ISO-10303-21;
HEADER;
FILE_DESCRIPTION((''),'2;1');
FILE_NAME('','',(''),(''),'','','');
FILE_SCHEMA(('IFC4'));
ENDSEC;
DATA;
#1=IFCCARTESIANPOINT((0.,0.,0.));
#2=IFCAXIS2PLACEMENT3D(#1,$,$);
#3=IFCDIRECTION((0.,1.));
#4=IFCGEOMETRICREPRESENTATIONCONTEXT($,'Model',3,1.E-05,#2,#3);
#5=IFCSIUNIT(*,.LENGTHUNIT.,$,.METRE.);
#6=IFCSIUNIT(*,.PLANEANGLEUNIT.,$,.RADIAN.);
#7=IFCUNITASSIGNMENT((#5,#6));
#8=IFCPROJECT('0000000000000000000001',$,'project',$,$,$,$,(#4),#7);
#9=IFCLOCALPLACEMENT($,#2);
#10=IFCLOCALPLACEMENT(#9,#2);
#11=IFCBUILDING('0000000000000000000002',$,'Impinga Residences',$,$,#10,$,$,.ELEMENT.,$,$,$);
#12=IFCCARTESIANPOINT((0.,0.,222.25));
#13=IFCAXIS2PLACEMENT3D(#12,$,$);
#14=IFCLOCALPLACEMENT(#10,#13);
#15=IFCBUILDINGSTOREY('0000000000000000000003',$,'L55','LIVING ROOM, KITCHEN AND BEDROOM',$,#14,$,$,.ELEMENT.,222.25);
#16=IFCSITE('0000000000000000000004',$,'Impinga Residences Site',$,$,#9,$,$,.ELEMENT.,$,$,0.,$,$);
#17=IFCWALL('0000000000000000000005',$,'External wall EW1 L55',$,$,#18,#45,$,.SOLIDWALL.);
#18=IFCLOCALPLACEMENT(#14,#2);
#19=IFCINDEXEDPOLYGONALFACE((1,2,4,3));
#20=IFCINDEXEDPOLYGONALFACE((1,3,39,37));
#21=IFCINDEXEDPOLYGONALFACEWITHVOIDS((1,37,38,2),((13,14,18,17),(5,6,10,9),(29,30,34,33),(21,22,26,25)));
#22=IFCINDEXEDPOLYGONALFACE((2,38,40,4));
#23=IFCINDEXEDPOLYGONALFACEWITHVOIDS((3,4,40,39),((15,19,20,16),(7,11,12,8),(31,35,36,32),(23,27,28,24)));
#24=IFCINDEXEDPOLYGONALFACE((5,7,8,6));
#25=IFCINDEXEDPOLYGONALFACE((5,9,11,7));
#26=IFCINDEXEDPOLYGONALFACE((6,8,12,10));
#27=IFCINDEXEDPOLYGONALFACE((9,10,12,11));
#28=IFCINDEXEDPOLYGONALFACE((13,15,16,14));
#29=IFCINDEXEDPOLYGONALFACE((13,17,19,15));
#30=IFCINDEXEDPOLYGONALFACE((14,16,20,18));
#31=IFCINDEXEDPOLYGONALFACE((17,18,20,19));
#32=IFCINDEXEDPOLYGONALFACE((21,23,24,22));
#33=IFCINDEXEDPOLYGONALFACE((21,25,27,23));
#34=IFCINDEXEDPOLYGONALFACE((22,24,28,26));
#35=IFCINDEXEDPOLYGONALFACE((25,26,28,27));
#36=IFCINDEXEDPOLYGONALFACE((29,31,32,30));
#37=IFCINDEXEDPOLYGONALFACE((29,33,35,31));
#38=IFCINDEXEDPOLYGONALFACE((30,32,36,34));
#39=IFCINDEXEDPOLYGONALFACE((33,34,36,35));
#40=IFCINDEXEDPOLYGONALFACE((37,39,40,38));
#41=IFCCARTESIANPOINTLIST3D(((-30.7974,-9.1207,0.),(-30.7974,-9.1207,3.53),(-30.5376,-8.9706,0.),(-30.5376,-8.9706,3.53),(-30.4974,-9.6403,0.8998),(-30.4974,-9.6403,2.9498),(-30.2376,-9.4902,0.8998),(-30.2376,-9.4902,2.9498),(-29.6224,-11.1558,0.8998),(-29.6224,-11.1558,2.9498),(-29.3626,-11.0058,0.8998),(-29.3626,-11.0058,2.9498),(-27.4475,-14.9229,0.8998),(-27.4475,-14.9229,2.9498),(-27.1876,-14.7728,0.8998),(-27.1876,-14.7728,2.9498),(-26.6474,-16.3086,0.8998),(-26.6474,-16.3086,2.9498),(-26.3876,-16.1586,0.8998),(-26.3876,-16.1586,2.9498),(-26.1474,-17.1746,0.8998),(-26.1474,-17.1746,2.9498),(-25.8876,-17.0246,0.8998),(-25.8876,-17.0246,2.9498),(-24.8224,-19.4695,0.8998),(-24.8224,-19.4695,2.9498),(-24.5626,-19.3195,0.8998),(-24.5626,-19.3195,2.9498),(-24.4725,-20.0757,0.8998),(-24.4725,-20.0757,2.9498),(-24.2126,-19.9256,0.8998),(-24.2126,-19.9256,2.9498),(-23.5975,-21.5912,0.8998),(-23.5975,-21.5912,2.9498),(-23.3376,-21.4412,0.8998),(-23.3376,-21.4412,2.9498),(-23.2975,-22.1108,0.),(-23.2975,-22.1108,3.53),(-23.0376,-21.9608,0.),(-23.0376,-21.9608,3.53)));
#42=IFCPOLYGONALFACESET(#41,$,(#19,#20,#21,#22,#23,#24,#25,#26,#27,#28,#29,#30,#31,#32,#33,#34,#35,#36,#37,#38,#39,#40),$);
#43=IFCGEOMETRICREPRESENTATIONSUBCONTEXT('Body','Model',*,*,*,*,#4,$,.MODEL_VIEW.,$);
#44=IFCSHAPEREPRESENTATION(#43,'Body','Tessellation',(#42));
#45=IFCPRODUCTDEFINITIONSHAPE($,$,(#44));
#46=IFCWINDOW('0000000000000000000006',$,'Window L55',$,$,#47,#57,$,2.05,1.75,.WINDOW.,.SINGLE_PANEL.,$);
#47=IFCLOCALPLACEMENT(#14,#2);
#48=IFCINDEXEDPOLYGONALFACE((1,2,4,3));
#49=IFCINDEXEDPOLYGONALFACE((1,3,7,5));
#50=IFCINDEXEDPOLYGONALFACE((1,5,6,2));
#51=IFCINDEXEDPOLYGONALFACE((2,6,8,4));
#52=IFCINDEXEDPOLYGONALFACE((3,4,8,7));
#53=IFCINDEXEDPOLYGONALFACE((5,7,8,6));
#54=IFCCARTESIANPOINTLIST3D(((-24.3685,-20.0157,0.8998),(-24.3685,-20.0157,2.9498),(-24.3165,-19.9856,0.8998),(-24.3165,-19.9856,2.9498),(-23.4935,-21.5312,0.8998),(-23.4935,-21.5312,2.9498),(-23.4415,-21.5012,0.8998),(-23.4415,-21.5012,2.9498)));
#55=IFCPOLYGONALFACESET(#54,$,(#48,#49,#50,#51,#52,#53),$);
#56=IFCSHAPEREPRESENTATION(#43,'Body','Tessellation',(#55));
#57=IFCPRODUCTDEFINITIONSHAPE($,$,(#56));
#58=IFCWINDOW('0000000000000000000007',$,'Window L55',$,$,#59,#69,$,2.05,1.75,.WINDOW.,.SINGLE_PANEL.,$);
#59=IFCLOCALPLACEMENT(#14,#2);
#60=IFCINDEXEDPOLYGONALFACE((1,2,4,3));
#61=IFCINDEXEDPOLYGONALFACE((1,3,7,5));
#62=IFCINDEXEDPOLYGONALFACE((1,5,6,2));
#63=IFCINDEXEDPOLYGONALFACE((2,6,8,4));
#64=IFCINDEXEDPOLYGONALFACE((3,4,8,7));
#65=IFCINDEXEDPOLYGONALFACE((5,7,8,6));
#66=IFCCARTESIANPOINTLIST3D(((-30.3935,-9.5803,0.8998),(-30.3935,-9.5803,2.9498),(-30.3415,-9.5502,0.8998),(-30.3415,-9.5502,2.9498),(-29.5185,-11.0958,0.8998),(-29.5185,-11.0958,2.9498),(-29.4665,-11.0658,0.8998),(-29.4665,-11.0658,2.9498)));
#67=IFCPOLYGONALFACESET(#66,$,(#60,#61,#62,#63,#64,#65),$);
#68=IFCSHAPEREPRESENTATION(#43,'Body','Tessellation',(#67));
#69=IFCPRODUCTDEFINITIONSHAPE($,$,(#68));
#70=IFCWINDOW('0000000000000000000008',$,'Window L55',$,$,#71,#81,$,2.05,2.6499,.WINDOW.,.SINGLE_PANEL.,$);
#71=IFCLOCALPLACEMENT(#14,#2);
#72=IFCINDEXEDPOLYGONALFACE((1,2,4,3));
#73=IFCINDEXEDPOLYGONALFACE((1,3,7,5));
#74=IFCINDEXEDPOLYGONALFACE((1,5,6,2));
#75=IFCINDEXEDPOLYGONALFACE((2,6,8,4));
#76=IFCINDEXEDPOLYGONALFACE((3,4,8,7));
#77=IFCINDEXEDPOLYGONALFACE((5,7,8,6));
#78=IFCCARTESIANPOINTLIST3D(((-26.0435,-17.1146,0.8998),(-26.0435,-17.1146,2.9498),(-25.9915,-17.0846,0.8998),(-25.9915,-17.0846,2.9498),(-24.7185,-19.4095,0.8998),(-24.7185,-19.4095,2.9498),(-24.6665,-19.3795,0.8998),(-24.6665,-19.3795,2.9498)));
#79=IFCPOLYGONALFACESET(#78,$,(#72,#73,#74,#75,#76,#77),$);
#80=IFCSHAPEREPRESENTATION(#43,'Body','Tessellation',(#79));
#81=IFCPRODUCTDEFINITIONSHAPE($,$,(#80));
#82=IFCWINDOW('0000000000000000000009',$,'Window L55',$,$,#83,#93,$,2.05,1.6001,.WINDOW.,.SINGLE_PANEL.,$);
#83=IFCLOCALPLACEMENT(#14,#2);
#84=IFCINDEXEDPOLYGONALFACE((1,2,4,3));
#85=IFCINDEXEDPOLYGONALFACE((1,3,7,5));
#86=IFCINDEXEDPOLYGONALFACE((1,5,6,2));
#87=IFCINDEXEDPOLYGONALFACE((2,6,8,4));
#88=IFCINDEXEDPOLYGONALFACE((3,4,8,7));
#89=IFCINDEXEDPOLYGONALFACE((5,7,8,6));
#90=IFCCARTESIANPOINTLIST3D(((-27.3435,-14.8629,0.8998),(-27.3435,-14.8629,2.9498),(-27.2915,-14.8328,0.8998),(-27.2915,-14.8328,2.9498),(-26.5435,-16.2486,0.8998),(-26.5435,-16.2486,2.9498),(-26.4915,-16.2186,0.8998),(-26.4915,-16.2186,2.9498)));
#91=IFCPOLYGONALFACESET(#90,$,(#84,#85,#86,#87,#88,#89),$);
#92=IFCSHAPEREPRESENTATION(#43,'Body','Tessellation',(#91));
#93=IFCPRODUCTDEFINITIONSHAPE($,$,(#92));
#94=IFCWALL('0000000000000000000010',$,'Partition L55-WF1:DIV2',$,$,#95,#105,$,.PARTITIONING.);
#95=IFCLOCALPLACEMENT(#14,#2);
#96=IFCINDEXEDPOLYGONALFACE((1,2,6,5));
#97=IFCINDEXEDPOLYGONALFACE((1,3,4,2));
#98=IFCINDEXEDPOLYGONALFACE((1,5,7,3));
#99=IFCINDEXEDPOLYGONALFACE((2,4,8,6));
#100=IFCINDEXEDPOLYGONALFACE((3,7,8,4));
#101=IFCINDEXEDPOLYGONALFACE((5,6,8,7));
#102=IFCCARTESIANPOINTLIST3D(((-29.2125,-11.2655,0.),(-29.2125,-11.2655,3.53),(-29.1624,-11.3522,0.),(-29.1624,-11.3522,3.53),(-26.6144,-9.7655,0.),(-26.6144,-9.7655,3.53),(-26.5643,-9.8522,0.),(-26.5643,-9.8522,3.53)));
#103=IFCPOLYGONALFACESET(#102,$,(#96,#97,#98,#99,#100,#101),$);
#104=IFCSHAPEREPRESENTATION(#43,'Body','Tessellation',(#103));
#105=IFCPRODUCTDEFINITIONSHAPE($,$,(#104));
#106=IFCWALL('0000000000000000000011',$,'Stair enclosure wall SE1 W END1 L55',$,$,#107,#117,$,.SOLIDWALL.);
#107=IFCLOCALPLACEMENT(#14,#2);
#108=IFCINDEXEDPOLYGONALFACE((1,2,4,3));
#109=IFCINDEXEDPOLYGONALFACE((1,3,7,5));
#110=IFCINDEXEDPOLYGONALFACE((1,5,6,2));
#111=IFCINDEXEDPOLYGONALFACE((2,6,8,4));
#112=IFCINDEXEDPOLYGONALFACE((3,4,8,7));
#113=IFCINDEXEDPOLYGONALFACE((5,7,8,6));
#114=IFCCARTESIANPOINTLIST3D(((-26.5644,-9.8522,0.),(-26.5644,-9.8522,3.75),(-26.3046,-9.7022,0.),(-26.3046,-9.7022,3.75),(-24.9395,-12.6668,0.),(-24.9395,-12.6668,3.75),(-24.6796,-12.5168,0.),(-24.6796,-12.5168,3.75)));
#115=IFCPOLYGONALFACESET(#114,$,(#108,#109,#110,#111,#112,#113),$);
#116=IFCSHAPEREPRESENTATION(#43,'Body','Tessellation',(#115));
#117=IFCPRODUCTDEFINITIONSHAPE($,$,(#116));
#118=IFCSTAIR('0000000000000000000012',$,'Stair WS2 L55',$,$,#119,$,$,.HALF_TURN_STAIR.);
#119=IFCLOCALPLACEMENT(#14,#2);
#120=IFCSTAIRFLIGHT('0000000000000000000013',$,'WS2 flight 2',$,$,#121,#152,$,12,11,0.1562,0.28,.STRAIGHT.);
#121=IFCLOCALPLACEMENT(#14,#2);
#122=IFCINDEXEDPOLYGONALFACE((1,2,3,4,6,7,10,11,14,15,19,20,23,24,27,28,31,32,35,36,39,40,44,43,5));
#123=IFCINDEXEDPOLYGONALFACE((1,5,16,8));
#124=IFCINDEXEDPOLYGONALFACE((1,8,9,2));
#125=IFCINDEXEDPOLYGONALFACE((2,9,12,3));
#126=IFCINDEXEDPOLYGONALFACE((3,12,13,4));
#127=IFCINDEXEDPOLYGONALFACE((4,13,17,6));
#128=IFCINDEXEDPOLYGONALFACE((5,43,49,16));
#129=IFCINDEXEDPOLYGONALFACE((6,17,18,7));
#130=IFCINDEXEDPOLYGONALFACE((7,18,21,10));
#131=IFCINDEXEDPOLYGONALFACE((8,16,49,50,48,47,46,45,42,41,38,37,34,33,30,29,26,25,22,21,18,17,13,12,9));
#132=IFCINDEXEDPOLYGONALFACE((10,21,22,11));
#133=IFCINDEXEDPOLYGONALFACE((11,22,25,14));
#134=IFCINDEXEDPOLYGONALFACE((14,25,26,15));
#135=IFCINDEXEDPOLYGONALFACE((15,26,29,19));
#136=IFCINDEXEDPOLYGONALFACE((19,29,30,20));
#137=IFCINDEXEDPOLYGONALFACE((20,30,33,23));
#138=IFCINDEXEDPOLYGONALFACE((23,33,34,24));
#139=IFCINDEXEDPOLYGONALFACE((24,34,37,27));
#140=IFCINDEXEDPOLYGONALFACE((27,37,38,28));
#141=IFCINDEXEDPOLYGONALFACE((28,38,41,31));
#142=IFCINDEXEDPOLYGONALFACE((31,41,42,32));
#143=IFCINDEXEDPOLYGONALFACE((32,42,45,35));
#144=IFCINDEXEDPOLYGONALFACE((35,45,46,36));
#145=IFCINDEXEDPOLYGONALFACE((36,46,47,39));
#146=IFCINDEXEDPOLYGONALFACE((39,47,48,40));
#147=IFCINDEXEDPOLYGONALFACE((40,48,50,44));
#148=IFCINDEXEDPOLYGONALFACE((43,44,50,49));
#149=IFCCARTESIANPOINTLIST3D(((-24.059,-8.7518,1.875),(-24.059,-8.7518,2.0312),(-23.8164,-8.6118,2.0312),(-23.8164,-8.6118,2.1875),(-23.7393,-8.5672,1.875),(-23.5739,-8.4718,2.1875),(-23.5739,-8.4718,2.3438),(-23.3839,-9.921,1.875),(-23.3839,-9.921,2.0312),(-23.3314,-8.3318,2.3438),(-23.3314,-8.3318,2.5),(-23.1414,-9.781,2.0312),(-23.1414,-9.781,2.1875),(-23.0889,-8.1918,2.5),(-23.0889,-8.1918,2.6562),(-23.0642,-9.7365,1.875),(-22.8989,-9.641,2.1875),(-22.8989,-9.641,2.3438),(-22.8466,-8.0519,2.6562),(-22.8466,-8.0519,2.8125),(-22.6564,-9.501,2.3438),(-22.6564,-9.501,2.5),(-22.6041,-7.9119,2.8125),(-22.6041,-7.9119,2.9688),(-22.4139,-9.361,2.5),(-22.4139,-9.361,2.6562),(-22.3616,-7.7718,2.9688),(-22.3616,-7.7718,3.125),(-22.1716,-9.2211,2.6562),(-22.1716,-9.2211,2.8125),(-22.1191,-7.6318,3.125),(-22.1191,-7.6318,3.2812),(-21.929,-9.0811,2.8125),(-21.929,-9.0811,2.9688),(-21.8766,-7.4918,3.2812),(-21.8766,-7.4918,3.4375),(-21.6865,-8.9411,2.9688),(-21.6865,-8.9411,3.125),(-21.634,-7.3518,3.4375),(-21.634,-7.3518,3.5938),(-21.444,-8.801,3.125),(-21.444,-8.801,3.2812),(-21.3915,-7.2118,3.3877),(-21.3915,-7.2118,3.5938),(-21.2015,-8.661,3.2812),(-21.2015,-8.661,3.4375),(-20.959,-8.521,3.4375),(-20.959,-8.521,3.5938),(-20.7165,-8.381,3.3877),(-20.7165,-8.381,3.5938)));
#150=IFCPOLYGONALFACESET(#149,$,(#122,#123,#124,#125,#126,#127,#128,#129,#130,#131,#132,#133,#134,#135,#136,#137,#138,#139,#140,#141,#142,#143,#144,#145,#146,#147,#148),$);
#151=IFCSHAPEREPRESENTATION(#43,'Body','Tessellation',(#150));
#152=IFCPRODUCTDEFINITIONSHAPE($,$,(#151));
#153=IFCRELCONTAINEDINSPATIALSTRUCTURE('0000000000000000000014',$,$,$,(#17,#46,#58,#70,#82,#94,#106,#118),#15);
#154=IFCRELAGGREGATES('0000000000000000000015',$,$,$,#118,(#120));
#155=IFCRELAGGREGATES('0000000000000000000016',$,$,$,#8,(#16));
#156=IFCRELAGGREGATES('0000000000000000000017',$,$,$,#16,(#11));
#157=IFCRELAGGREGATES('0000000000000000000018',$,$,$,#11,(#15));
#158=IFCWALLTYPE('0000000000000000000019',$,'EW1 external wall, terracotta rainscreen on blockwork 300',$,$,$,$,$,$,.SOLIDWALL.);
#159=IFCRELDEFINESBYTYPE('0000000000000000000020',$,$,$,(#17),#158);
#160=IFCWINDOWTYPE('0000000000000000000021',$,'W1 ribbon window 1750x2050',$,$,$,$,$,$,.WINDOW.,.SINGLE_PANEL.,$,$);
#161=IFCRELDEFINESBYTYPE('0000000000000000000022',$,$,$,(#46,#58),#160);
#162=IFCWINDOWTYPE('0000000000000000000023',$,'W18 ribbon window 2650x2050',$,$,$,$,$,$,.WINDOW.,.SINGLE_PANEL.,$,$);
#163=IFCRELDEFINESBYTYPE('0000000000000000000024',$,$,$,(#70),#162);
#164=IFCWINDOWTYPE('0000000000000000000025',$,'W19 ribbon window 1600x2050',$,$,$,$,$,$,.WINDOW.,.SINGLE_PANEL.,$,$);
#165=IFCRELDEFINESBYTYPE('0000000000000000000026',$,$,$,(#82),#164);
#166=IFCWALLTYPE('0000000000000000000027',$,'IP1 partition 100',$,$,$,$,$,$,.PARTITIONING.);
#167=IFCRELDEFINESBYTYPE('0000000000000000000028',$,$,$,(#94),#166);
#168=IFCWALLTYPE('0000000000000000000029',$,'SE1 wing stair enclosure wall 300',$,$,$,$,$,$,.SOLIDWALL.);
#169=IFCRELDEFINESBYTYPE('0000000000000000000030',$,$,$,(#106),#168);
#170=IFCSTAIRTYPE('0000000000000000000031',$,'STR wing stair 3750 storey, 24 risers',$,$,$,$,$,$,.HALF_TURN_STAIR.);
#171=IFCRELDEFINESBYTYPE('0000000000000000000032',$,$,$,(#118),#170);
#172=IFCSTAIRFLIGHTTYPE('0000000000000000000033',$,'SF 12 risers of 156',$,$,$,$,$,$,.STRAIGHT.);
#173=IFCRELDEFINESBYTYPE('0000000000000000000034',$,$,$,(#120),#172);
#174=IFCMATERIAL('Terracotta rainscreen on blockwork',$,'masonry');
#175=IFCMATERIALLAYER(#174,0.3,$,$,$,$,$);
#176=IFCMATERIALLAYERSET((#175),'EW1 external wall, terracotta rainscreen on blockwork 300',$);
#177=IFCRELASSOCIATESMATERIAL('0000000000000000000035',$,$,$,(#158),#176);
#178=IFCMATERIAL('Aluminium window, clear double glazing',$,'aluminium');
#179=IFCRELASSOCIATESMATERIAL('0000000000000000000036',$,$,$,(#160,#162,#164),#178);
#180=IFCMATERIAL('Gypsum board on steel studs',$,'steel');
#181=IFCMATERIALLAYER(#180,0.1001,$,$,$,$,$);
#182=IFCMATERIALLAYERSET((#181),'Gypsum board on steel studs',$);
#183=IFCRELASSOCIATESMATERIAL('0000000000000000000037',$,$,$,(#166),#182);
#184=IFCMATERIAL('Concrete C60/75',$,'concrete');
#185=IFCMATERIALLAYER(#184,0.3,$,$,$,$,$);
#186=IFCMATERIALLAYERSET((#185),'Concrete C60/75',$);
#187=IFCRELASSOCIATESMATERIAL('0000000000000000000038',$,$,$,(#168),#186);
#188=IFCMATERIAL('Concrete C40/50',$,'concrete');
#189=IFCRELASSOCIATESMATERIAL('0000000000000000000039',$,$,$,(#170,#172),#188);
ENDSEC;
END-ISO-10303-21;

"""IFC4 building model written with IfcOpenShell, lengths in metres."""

from ifc_helpers import new_model, si_unit, direction, frame, frame_2d, origin, place, context, subcontext, project, spatial, polyline, rectangle, outline, extrude, material, layer, layer_set, type_object, element, fill, aggregate, save


model = new_model("IFC4")

# Units and contexts
model_context = context("Model", 3, precision=1e-05, world=origin(), true_north=direction((0.0, 1.0)))
body_context = subcontext(model_context, "Body", "Model", "MODEL_VIEW")
ifc_project = project(units=[si_unit("LENGTHUNIT", "METRE"), si_unit("PLANEANGLEUNIT", "RADIAN")], contexts=[model_context])

# Site, building, storey
site_placement = place(None, origin())
site = spatial("IfcSite", under=ifc_project, at=site_placement, Name="Impinga Residences Site", CompositionType="ELEMENT", RefElevation=0.0)
building_placement = place(site_placement, origin())
building = spatial("IfcBuilding", under=site, at=building_placement, Name="Impinga Residences", CompositionType="ELEMENT")
storey_placement = place(building_placement, frame((0.0, 0.0, 222.25)))
storey = spatial("IfcBuildingStorey", under=building, at=storey_placement, Name="L55", Description="LIVING ROOM, KITCHEN AND BEDROOM", CompositionType="ELEMENT", Elevation=222.25)

# Shared definitions
ifc_material_1 = material(Name="Concrete C60/75", Category="concrete")

# Shared definitions
ifc_material_2 = material(Name="Terracotta rainscreen on blockwork", Category="masonry")
ifc_layer_1 = layer(ifc_material_2, 0.3)
ifc_layer_set_1 = layer_set([ifc_layer_1], Name="EW1 external wall, terracotta rainscreen on blockwork 300")
wall_type_1 = type_object("IfcWallType", Name="EW1 external wall, terracotta rainscreen on blockwork 300", PredefinedType="SOLIDWALL", material=ifc_layer_set_1)

# Wall, openings, windows
wall_1_placement = place(storey_placement, frame((-23.1675, -22.0359, 0.0), z_axis=(0.0, 0.0, 1.0), x_axis=(-0.500004, 0.866023, 0.0)))
wall_1 = element("IfcWall", 1, at=wall_1_placement, inside=storey, type_object=wall_type_1, Name="External wall EW1 L55", PredefinedType="SOLIDWALL", context=body_context, shape_type="SweptSolid", body=[
    extrude(rectangle(XDim=14.9998, YDim=0.3, at=frame_2d((7.5, 0.0))), origin(), (0.0, 0.0, 1.0), 3.53),
])
opening_1_placement = place(wall_1_placement, frame((0.6001, 0.0, 0.8999)))
opening_1 = element("IfcOpeningElement", 2, at=opening_1_placement, cuts=wall_1, PredefinedType="OPENING", context=body_context, shape_type="SweptSolid", body=[
    extrude(rectangle(XDim=1.75, YDim=2.05, at=frame_2d((0.875, 1.0249))), frame((0.0, 0.1599, 0.0), z_axis=(0.0, -1.0, 0.0), x_axis=(1.0, 0.0, 0.0)), (0.0, 0.0, 1.0), 0.3201),
])
opening_2_placement = place(wall_1_placement, frame((3.05, 0.0, 0.8999)))
opening_2 = element("IfcOpeningElement", 3, at=opening_2_placement, cuts=wall_1, PredefinedType="OPENING", context=body_context, shape_type="SweptSolid", body=[
    extrude(rectangle(XDim=2.6499, YDim=2.05, at=frame_2d((1.325, 1.0249))), frame((0.0, 0.1599, 0.0), z_axis=(0.0, -1.0, 0.0), x_axis=(1.0, 0.0, 0.0)), (0.0, 0.0, 1.0), 0.3201),
])
opening_3_placement = place(wall_1_placement, frame((6.7, 0.0, 0.8999)))
opening_3 = element("IfcOpeningElement", 4, at=opening_3_placement, cuts=wall_1, PredefinedType="OPENING", context=body_context, shape_type="SweptSolid", body=[
    extrude(rectangle(XDim=1.6001, YDim=2.05, at=frame_2d((0.8, 1.0249))), frame((0.0, 0.1599, 0.0), z_axis=(0.0, -1.0, 0.0), x_axis=(1.0, 0.0, 0.0)), (0.0, 0.0, 1.0), 0.3201),
])
opening_4_placement = place(wall_1_placement, frame((12.6499, 0.0, 0.8999)))
opening_4 = element("IfcOpeningElement", 5, at=opening_4_placement, cuts=wall_1, PredefinedType="OPENING", context=body_context, shape_type="SweptSolid", body=[
    extrude(rectangle(XDim=1.75, YDim=2.05, at=frame_2d((0.875, 1.0249))), frame((0.0, 0.1599, 0.0), z_axis=(0.0, -1.0, 0.0), x_axis=(1.0, 0.0, 0.0)), (0.0, 0.0, 1.0), 0.3201),
])
ifc_material_3 = material(Name="Aluminium window, clear double glazing", Category="aluminium")
window_type_1 = type_object("IfcWindowType", Name="W1 ribbon window 1750x2050", PartitioningType="SINGLE_PANEL", PredefinedType="WINDOW", material=ifc_material_3)
window_1_placement = place(opening_1_placement, origin())
window_1 = element("IfcWindow", 6, at=window_1_placement, inside=storey, type_object=window_type_1, Name="Window L55", OverallHeight=2.05, OverallWidth=1.75, PartitioningType="SINGLE_PANEL", PredefinedType="WINDOW", context=body_context, shape_type="SweptSolid", body=[
    extrude(rectangle(XDim=1.75, YDim=2.05, at=frame_2d((0.875, 1.0249))), frame((0.0, 0.03, 0.0), z_axis=(0.0, -1.0, 0.0), x_axis=(1.0, 0.0, 0.0)), (0.0, 0.0, 1.0), 0.0601),
])
fill(opening_1, window_1)
window_2_placement = place(opening_4_placement, origin())
window_2 = element("IfcWindow", 7, at=window_2_placement, inside=storey, type_object=window_type_1, Name="Window L55", OverallHeight=2.05, OverallWidth=1.75, PartitioningType="SINGLE_PANEL", PredefinedType="WINDOW", context=body_context, shape_type="SweptSolid", body=[
    extrude(rectangle(XDim=1.75, YDim=2.05, at=frame_2d((0.875, 1.0249))), frame((0.0, 0.03, 0.0), z_axis=(0.0, -1.0, 0.0), x_axis=(1.0, 0.0, 0.0)), (0.0, 0.0, 1.0), 0.0601),
])
fill(opening_4, window_2)
window_type_2 = type_object("IfcWindowType", Name="W18 ribbon window 2650x2050", PartitioningType="SINGLE_PANEL", PredefinedType="WINDOW", material=ifc_material_3)
window_3_placement = place(opening_2_placement, origin())
window_3 = element("IfcWindow", 8, at=window_3_placement, inside=storey, type_object=window_type_2, Name="Window L55", OverallHeight=2.05, OverallWidth=2.6499, PartitioningType="SINGLE_PANEL", PredefinedType="WINDOW", context=body_context, shape_type="SweptSolid", body=[
    extrude(rectangle(XDim=2.6499, YDim=2.05, at=frame_2d((1.325, 1.0249))), frame((0.0, 0.03, 0.0), z_axis=(0.0, -1.0, 0.0), x_axis=(1.0, 0.0, 0.0)), (0.0, 0.0, 1.0), 0.0601),
])
fill(opening_2, window_3)
window_type_3 = type_object("IfcWindowType", Name="W19 ribbon window 1600x2050", PartitioningType="SINGLE_PANEL", PredefinedType="WINDOW", material=ifc_material_3)
window_4_placement = place(opening_3_placement, origin())
window_4 = element("IfcWindow", 9, at=window_4_placement, inside=storey, type_object=window_type_3, Name="Window L55", OverallHeight=2.05, OverallWidth=1.6001, PartitioningType="SINGLE_PANEL", PredefinedType="WINDOW", context=body_context, shape_type="SweptSolid", body=[
    extrude(rectangle(XDim=1.6001, YDim=2.05, at=frame_2d((0.8, 1.0249))), frame((0.0, 0.03, 0.0), z_axis=(0.0, -1.0, 0.0), x_axis=(1.0, 0.0, 0.0)), (0.0, 0.0, 1.0), 0.0601),
])
fill(opening_3, window_4)

# Walls
ifc_material_4 = material(Name="Gypsum board on steel studs", Category="steel")
ifc_layer_2 = layer(ifc_material_4, 0.1001)
ifc_layer_set_2 = layer_set([ifc_layer_2], Name="Gypsum board on steel studs")
wall_type_2 = type_object("IfcWallType", Name="IP1 partition 100", PredefinedType="PARTITIONING", material=ifc_layer_set_2)
wall_2_placement = place(storey_placement, frame((-26.5894, -9.8088, 0.0), z_axis=(0.0, 0.0, 1.0), x_axis=(-0.866031, -0.49999, 0.0)))
element("IfcWall", 10, at=wall_2_placement, inside=storey, type_object=wall_type_2, Name="Partition L55-WF1:DIV2", PredefinedType="PARTITIONING", context=body_context, shape_type="SweptSolid", body=[
    extrude(rectangle(XDim=3.0, YDim=0.1001, at=frame_2d((1.5, 0.0))), origin(), (0.0, 0.0, 1.0), 3.53),
])
ifc_layer_3 = layer(ifc_material_1, 0.3)
ifc_layer_set_3 = layer_set([ifc_layer_3], Name="Concrete C60/75")
wall_type_3 = type_object("IfcWallType", Name="SE1 wing stair enclosure wall 300", PredefinedType="SOLIDWALL", material=ifc_layer_set_3)
wall_3_placement = place(storey_placement, frame((-24.8096, -12.5918, 0.0), z_axis=(0.0, 0.0, 1.0), x_axis=(-0.499985, 0.866034, 0.0)))
element("IfcWall", 11, at=wall_3_placement, inside=storey, type_object=wall_type_3, Name="Stair enclosure wall SE1 W END1 L55", PredefinedType="SOLIDWALL", context=body_context, shape_type="SweptSolid", body=[
    extrude(rectangle(XDim=3.25, YDim=0.3, at=frame_2d((1.625, 0.0))), origin(), (0.0, 0.0, 1.0), 3.75),
])

# Stair, stair flight
ifc_material_5 = material(Name="Concrete C40/50", Category="concrete")
stair_type = type_object("IfcStairType", Name="STR wing stair 3750 storey, 24 risers", PredefinedType="HALF_TURN_STAIR", material=ifc_material_5)
stair_placement = place(storey_placement, origin())
stair = element("IfcStair", 12, at=stair_placement, inside=storey, type_object=stair_type, Name="Stair WS2 L55", PredefinedType="HALF_TURN_STAIR")
stair_flight_type = type_object("IfcStairFlightType", Name="SF 12 risers of 156", PredefinedType="STRAIGHT", material=ifc_material_5)
stair_flight_placement = place(storey_placement, frame((-23.7214, -9.3364, 1.875), z_axis=(0.0, 0.0, 1.0), x_axis=(0.866025, 0.5, 0.0)))
stair_flight = element("IfcStairFlight", 13, at=stair_flight_placement, type_object=stair_flight_type, Name="WS2 flight 2", NumberOfRisers=12, NumberOfTreads=11, PredefinedType="STRAIGHT", RiserHeight=0.1562, TreadLength=0.28, context=body_context, shape_type="SweptSolid", body=[
    extrude(outline(polyline([(0.0, 0.0), (0.0, 0.1562), (0.28, 0.1562), (0.28, 0.3125), (0.5601, 0.3125), (0.5601, 0.4688), (0.8401, 0.4688), (0.8401, 0.625), (1.1201, 0.625), (1.1201, 0.7812), (1.3999, 0.7812), (1.3999, 0.9375), (1.6799, 0.9375), (1.6799, 1.0938), (1.96, 1.0938), (1.96, 1.25), (2.24, 1.25), (2.24, 1.4062), (2.52, 1.4062), (2.52, 1.5625), (2.8, 1.5625), (2.8, 1.7188), (3.0801, 1.7188), (3.0801, 1.875), (3.0801, 1.5127), (0.3691, 0.0), (0.0, 0.0)])), frame((0.0, 0.675, 0.0), z_axis=(0.0, -1.0, 0.0), x_axis=(1.0, 0.0, 0.0)), (0.0, 0.0, 1.0), 1.3501),
])
aggregate(stair, [stair_flight])

save(model, "model.ifc")
